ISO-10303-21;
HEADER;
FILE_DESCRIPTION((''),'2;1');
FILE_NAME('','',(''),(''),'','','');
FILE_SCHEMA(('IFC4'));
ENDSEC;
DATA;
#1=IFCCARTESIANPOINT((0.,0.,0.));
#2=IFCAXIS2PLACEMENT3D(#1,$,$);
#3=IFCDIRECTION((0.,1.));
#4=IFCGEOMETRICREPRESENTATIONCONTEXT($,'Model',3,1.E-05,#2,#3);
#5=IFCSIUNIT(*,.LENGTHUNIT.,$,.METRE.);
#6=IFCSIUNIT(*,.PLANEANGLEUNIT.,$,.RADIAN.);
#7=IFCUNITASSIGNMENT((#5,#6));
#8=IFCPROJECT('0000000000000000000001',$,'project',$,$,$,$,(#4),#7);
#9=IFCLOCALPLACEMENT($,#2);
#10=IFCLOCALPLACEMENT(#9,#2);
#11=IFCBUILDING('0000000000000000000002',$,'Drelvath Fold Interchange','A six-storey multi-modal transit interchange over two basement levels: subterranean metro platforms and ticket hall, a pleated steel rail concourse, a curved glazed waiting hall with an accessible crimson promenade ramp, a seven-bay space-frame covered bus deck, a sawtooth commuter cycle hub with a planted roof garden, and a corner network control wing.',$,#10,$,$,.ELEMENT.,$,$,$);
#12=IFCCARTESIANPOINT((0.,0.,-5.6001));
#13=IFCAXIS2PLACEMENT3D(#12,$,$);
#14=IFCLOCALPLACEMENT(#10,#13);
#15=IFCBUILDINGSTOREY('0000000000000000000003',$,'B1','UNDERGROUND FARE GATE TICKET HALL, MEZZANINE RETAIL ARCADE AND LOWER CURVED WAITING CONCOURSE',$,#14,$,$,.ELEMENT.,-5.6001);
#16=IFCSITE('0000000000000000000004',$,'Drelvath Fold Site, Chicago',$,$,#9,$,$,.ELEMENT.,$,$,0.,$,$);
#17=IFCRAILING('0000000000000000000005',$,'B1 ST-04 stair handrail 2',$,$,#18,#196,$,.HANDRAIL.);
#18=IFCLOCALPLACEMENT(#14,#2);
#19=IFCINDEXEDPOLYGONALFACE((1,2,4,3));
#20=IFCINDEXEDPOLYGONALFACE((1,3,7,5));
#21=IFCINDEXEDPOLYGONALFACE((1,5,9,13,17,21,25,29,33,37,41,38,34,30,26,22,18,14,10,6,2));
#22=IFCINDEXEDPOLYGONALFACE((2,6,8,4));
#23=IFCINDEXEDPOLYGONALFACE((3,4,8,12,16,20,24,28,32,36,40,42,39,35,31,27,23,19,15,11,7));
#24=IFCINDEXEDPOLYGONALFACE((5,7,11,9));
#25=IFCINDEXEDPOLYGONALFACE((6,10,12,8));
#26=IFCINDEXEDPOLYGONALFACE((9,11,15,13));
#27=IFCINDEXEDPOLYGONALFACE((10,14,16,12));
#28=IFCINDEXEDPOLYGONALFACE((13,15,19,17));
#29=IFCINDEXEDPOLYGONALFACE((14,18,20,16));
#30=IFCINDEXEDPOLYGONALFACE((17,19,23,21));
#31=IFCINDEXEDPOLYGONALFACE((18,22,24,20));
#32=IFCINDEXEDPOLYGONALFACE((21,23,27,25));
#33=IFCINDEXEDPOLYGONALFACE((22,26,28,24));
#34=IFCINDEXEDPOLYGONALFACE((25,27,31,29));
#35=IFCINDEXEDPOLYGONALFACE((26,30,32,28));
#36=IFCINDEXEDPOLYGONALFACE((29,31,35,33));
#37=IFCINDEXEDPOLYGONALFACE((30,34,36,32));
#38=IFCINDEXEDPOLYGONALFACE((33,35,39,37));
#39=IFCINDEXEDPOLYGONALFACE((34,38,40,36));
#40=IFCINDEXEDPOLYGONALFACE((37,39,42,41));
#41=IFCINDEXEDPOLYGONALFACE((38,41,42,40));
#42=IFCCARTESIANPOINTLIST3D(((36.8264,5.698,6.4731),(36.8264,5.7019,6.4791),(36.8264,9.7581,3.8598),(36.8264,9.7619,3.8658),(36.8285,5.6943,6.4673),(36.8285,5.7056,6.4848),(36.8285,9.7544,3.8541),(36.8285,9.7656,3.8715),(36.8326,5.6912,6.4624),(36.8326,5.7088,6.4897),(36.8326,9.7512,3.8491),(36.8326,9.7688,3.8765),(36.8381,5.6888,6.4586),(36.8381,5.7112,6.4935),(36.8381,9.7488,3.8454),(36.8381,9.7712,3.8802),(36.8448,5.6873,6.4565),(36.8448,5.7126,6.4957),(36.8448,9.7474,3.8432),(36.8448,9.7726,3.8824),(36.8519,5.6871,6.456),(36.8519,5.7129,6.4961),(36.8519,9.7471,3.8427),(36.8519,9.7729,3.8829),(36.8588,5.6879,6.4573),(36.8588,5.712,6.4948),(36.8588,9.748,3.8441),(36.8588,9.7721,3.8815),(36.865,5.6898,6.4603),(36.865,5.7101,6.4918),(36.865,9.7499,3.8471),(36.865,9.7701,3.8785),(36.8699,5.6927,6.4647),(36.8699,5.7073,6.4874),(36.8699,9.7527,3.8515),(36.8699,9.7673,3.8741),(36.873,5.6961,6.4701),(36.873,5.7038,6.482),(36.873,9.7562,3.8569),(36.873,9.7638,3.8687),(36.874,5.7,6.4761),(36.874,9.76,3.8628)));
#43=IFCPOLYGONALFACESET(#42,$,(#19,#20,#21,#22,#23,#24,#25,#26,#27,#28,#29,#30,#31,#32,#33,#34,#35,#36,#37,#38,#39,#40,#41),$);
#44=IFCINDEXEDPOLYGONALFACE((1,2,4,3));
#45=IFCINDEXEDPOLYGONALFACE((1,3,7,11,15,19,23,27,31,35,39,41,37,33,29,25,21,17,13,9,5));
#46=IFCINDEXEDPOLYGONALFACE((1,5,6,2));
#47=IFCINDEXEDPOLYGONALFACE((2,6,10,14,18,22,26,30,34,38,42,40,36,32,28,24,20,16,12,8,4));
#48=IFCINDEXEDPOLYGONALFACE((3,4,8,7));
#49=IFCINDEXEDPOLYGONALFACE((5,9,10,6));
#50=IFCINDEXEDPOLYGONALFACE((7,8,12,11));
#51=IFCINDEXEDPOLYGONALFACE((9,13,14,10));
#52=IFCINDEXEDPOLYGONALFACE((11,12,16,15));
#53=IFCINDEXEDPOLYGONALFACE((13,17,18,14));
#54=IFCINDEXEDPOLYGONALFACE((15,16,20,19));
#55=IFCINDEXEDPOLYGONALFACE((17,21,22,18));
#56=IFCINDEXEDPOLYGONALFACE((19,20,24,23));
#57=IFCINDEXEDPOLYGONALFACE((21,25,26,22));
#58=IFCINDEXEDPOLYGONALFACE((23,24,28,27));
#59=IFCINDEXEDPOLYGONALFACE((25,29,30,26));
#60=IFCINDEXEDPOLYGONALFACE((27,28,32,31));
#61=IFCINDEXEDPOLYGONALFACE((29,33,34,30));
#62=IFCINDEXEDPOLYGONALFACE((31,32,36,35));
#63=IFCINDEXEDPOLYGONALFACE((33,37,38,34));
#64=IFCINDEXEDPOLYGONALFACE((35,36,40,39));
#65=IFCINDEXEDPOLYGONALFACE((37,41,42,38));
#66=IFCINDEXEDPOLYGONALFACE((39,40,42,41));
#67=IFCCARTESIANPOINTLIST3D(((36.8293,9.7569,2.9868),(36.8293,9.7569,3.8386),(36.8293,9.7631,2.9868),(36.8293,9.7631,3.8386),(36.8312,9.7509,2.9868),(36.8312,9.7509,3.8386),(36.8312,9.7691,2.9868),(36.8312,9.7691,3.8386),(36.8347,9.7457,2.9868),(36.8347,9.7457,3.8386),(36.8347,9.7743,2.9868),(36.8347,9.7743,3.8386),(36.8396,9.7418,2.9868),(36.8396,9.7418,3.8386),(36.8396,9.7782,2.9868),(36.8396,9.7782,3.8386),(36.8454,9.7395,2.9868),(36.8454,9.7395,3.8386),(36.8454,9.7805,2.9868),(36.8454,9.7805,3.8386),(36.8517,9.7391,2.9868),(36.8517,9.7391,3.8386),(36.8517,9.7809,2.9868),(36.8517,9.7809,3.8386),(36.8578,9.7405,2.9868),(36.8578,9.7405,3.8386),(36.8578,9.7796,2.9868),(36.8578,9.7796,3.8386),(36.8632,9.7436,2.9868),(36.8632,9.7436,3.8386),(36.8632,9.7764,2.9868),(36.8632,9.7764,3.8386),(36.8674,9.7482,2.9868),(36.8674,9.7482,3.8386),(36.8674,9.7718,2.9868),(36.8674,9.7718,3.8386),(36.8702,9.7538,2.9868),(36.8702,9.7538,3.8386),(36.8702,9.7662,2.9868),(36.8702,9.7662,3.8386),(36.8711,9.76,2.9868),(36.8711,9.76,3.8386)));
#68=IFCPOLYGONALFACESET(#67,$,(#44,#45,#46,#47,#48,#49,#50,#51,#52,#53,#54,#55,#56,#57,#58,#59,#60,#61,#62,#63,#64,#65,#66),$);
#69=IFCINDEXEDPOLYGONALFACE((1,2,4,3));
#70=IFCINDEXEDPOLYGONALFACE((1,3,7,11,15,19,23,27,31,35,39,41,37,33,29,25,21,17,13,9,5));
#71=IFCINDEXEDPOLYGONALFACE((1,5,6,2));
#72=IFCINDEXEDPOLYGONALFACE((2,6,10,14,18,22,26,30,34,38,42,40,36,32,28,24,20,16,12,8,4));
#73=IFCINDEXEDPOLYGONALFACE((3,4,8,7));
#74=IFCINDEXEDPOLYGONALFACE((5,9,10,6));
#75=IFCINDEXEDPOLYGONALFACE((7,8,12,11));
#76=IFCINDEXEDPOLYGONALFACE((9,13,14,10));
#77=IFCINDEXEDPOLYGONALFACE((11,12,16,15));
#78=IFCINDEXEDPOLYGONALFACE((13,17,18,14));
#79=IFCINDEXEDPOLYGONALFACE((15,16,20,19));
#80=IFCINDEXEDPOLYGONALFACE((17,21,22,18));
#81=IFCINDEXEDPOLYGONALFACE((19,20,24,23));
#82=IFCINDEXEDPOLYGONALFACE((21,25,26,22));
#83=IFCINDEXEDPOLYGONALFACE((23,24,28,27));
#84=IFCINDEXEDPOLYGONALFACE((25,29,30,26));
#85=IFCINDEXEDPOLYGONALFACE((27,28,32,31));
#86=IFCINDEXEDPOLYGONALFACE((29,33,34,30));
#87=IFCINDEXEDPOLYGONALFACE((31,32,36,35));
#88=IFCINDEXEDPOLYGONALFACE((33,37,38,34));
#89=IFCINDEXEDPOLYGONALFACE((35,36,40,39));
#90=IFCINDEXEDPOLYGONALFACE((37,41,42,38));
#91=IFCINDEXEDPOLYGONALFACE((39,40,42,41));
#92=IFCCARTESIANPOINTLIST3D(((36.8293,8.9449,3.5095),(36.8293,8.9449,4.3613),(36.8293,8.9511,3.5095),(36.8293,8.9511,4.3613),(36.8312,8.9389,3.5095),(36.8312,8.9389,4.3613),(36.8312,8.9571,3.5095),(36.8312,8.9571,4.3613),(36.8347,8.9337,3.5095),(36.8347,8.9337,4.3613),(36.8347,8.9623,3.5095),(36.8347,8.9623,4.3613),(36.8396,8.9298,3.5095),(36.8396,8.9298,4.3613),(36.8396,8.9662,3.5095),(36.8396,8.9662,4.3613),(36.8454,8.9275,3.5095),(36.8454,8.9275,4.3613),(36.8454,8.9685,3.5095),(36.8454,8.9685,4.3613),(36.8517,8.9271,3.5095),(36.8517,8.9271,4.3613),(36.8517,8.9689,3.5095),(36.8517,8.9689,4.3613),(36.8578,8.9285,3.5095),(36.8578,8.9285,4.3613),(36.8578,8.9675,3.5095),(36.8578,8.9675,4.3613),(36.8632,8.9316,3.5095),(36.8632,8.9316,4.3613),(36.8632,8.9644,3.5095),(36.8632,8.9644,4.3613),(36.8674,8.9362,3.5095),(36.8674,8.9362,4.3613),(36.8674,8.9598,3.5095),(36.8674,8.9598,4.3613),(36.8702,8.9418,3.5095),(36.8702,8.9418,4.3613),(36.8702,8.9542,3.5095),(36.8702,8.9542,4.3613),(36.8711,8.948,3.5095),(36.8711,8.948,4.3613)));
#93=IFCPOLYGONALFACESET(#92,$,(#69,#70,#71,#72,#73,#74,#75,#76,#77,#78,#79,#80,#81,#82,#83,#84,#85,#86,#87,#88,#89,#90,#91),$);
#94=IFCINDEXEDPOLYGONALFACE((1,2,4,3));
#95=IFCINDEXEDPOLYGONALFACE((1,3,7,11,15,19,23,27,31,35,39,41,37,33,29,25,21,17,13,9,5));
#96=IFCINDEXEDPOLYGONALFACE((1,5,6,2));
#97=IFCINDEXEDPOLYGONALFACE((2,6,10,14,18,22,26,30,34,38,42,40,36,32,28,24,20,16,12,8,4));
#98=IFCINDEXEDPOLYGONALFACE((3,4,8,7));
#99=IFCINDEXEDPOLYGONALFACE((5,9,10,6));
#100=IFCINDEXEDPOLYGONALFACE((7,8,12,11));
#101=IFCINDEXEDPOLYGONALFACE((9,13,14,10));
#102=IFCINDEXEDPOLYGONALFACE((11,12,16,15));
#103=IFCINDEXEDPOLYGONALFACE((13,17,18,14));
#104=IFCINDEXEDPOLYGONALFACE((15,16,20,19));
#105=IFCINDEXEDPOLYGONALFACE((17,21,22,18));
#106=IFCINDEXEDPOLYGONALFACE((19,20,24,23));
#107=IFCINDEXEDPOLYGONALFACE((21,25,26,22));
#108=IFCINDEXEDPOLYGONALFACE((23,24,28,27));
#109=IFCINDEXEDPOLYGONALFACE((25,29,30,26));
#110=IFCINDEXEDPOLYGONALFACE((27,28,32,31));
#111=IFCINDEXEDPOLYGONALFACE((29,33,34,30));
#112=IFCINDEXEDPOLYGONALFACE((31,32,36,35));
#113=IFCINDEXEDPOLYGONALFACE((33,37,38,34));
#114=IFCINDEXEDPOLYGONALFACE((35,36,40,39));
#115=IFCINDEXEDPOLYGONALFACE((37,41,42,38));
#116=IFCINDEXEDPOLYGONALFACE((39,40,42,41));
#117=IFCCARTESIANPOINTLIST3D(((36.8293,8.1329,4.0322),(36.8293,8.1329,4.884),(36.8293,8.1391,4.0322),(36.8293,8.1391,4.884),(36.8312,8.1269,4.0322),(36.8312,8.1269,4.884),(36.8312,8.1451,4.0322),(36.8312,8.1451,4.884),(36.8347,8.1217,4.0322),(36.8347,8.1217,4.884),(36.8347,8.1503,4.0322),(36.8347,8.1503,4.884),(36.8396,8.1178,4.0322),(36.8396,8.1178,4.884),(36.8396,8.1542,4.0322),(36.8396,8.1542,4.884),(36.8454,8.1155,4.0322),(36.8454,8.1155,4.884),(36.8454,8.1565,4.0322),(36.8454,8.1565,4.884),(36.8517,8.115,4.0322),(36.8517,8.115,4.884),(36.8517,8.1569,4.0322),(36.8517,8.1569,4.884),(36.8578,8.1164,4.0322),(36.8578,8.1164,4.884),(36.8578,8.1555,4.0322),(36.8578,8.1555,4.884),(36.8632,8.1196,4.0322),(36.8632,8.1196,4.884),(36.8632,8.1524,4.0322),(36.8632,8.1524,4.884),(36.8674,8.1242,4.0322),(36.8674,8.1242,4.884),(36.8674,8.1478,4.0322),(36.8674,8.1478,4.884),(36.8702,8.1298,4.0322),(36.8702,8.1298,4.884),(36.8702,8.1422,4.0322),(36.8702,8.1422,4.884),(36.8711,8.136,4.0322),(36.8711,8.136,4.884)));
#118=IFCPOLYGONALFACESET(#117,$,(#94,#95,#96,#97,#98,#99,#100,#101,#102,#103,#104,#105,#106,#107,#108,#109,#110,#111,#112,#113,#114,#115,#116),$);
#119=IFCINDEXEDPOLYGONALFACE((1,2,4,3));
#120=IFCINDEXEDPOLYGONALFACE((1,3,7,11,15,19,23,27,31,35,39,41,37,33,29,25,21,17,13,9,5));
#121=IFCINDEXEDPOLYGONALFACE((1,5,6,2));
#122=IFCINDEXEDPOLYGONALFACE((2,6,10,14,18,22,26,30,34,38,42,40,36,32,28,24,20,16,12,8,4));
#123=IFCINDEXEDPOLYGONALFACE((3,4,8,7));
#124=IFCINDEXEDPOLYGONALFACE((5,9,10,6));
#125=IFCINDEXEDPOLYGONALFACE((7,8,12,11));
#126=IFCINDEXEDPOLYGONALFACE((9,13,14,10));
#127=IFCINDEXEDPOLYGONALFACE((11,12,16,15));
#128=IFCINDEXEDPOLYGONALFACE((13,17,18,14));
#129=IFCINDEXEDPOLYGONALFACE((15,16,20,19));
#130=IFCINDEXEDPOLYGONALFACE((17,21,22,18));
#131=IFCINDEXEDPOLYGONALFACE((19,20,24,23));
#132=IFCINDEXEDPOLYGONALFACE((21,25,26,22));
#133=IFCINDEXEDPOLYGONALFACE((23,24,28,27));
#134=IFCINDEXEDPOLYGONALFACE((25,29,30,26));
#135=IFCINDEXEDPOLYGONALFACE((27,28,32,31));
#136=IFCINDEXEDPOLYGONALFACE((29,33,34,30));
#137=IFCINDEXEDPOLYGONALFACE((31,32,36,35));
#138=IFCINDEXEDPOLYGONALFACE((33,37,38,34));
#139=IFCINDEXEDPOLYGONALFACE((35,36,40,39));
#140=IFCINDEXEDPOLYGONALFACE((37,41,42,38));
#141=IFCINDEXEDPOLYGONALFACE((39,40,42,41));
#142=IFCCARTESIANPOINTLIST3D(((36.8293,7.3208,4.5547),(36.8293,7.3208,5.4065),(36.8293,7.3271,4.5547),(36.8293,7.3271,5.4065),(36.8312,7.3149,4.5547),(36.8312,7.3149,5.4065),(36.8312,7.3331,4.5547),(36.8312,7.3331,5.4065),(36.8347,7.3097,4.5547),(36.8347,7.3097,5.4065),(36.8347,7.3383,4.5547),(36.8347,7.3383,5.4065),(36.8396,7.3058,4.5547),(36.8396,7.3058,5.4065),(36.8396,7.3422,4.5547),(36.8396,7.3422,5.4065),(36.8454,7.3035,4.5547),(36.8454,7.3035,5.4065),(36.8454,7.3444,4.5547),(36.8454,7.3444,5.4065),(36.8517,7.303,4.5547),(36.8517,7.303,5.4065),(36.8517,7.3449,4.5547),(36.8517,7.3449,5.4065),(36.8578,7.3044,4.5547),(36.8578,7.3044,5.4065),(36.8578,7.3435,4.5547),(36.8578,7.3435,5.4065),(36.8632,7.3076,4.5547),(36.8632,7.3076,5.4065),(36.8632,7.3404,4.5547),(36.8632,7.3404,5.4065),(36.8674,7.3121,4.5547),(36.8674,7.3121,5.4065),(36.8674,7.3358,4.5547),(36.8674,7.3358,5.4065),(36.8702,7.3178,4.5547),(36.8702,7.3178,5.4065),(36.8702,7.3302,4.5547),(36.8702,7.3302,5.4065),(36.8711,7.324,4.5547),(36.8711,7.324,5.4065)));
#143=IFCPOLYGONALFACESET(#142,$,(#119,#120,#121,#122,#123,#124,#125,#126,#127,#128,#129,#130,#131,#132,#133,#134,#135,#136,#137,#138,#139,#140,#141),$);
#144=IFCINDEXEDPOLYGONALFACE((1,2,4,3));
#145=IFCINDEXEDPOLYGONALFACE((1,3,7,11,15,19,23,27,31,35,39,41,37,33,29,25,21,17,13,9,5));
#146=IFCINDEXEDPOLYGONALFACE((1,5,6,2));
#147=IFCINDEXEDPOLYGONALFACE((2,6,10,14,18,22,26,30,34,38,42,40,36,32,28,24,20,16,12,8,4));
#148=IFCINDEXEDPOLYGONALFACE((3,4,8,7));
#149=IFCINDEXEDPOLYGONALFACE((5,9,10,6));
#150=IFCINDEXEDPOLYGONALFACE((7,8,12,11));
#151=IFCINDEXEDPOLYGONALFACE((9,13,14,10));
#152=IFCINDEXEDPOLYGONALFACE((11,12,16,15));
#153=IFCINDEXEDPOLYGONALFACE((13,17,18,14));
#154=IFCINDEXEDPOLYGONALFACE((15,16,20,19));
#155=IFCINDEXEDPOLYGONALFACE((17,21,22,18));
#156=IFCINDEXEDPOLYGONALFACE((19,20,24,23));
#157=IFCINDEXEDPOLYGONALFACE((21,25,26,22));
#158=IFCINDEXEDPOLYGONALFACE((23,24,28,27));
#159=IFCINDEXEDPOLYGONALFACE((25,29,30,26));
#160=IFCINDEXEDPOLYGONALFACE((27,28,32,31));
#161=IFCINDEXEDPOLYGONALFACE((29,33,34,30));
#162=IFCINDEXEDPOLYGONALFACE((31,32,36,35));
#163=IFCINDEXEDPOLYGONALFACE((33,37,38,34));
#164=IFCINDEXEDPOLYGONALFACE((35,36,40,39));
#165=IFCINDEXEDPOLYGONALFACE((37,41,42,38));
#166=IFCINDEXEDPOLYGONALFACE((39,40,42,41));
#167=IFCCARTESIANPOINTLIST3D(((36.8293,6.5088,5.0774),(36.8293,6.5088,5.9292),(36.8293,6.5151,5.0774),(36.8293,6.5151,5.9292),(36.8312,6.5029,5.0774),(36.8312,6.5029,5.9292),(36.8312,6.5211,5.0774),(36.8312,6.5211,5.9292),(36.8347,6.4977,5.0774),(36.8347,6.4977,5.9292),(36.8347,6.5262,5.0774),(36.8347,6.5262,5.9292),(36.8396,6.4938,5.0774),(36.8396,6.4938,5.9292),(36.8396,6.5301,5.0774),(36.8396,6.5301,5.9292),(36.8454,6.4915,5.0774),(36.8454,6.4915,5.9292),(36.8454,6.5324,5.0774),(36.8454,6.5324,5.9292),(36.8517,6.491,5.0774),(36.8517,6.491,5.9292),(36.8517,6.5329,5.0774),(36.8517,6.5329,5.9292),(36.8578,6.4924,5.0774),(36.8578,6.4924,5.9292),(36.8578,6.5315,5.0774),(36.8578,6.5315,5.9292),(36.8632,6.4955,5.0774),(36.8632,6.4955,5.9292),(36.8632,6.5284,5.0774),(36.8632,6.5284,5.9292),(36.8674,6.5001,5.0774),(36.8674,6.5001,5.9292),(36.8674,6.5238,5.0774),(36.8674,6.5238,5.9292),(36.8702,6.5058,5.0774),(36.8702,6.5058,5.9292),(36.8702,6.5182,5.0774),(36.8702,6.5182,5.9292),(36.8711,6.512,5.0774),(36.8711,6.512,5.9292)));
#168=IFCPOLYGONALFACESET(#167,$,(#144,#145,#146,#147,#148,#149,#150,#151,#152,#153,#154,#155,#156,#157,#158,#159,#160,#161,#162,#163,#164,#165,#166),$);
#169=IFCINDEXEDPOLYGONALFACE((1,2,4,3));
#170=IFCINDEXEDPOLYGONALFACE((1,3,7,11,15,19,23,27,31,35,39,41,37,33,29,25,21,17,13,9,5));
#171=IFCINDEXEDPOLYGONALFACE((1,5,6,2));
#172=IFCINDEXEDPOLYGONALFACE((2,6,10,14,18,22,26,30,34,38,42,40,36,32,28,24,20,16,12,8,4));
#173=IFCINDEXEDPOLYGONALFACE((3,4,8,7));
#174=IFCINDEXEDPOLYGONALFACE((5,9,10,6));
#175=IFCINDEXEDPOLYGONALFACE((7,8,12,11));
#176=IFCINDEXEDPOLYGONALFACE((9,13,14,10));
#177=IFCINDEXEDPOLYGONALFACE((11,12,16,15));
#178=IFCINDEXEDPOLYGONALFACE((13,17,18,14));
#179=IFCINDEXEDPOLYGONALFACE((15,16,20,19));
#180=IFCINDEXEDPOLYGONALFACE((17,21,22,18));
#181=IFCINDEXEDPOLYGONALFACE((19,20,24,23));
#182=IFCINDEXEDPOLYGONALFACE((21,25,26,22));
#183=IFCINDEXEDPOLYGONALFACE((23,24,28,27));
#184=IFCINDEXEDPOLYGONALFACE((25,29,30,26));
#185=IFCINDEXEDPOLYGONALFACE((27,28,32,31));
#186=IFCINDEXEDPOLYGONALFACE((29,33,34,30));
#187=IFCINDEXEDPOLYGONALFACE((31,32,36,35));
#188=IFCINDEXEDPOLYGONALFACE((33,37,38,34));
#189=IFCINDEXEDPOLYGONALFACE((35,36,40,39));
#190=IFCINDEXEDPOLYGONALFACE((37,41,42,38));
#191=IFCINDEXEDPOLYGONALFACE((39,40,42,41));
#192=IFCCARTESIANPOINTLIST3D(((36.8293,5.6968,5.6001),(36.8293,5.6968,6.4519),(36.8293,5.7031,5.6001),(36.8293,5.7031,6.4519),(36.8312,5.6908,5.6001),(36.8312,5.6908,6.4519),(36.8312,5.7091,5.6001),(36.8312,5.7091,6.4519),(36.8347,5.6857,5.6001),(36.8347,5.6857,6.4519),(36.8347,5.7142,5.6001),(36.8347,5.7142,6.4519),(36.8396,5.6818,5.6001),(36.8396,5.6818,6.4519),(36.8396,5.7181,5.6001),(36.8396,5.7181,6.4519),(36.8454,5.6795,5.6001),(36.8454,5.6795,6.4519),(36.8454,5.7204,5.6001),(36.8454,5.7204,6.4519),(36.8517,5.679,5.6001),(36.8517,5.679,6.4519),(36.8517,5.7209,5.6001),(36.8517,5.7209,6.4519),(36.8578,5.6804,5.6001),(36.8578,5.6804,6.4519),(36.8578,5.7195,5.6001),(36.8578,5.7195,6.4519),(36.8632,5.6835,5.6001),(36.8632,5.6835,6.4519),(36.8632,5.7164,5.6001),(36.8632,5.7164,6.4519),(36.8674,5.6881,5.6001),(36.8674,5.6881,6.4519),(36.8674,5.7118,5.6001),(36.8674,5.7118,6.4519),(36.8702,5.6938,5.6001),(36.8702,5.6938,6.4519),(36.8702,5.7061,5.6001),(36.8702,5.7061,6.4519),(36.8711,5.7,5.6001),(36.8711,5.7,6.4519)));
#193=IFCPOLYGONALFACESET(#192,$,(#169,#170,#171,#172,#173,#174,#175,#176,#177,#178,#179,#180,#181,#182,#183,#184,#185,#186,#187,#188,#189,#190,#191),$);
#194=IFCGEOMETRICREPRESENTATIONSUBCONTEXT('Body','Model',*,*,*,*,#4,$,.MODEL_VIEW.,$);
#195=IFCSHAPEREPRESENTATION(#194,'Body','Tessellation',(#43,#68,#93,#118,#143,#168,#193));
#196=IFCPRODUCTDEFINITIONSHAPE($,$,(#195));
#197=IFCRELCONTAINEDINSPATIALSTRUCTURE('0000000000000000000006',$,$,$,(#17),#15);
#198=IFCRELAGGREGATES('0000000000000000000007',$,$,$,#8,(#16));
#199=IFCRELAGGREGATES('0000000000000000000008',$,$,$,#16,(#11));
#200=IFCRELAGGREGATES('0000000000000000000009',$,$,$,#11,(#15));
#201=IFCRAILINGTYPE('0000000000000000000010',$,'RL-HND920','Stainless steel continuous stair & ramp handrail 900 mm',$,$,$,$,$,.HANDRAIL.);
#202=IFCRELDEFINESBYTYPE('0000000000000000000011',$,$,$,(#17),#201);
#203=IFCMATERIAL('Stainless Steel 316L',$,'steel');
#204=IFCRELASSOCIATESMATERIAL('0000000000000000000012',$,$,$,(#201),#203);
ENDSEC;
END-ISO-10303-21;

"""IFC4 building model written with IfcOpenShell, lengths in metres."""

from ifc_helpers import new_model, si_unit, direction, frame, origin, origin_2d, place, context, subcontext, project, spatial, circle, extrude, material, type_object, element, save


model = new_model("IFC4")

# Units and contexts
model_context = context("Model", 3, precision=1e-05, world=origin(), true_north=direction((0.0, 1.0)))
body_context = subcontext(model_context, "Body", "Model", "MODEL_VIEW")
ifc_project = project(units=[si_unit("LENGTHUNIT", "METRE"), si_unit("PLANEANGLEUNIT", "RADIAN")], contexts=[model_context])

# Site, building, storey
site_placement = place(None, origin())
site = spatial("IfcSite", under=ifc_project, at=site_placement, Name="Drelvath Fold Site, Chicago", CompositionType="ELEMENT", RefElevation=0.0)
building_placement = place(site_placement, origin())
building = spatial("IfcBuilding", under=site, at=building_placement, Name="Drelvath Fold Interchange", Description="A six-storey multi-modal transit interchange over two basement levels: subterranean metro platforms and ticket hall, a pleated steel rail concourse, a curved glazed waiting hall with an accessible crimson promenade ramp, a seven-bay space-frame covered bus deck, a sawtooth commuter cycle hub with a planted roof garden, and a corner network control wing.", CompositionType="ELEMENT")
storey_placement = place(building_placement, frame((0.0, 0.0, -5.6001)))
storey = spatial("IfcBuildingStorey", under=building, at=storey_placement, Name="B1", Description="UNDERGROUND FARE GATE TICKET HALL, MEZZANINE RETAIL ARCADE AND LOWER CURVED WAITING CONCOURSE", CompositionType="ELEMENT", Elevation=-5.6001)

# Railing
ifc_material_1 = material(Name="Stainless Steel 316L", Category="steel")
railing_type_1 = type_object("IfcRailingType", Name="RL-HND920", Description="Stainless steel continuous stair & ramp handrail 900 mm", PredefinedType="HANDRAIL", material=ifc_material_1)
railing_1_placement = place(storey_placement, frame((36.8501, 9.76, 2.9868)))
element("IfcRailing", 1, at=railing_1_placement, inside=storey, type_object=railing_type_1, Name="B1 ST-04 stair handrail 2", PredefinedType="HANDRAIL", context=body_context, shape_type="SweptSolid", body=[
    extrude(circle(Radius=0.0239, at=origin_2d()), frame((0.0, 0.0, 0.876), z_axis=(0.0, -0.840873, 0.541233), x_axis=(1.0, 0.0, 0.0)), (0.0, 0.0, 1.0), 4.8284),
    extrude(circle(Radius=0.021, at=origin_2d()), origin(), (0.0, 0.0, 1.0), 0.8518),
    extrude(circle(Radius=0.021, at=origin_2d()), frame((0.0, -0.812, 0.5227)), (0.0, 0.0, 1.0), 0.8518),
    extrude(circle(Radius=0.021, at=origin_2d()), frame((0.0, -1.624, 1.0454)), (0.0, 0.0, 1.0), 0.8518),
    extrude(circle(Radius=0.021, at=origin_2d()), frame((0.0, -2.436, 1.5679)), (0.0, 0.0, 1.0), 0.8518),
    extrude(circle(Radius=0.021, at=origin_2d()), frame((0.0, -3.248, 2.0906)), (0.0, 0.0, 1.0), 0.8518),
    extrude(circle(Radius=0.021, at=origin_2d()), frame((0.0, -4.0601, 2.6133)), (0.0, 0.0, 1.0), 0.8518),
])

save(model, "model.ifc")
